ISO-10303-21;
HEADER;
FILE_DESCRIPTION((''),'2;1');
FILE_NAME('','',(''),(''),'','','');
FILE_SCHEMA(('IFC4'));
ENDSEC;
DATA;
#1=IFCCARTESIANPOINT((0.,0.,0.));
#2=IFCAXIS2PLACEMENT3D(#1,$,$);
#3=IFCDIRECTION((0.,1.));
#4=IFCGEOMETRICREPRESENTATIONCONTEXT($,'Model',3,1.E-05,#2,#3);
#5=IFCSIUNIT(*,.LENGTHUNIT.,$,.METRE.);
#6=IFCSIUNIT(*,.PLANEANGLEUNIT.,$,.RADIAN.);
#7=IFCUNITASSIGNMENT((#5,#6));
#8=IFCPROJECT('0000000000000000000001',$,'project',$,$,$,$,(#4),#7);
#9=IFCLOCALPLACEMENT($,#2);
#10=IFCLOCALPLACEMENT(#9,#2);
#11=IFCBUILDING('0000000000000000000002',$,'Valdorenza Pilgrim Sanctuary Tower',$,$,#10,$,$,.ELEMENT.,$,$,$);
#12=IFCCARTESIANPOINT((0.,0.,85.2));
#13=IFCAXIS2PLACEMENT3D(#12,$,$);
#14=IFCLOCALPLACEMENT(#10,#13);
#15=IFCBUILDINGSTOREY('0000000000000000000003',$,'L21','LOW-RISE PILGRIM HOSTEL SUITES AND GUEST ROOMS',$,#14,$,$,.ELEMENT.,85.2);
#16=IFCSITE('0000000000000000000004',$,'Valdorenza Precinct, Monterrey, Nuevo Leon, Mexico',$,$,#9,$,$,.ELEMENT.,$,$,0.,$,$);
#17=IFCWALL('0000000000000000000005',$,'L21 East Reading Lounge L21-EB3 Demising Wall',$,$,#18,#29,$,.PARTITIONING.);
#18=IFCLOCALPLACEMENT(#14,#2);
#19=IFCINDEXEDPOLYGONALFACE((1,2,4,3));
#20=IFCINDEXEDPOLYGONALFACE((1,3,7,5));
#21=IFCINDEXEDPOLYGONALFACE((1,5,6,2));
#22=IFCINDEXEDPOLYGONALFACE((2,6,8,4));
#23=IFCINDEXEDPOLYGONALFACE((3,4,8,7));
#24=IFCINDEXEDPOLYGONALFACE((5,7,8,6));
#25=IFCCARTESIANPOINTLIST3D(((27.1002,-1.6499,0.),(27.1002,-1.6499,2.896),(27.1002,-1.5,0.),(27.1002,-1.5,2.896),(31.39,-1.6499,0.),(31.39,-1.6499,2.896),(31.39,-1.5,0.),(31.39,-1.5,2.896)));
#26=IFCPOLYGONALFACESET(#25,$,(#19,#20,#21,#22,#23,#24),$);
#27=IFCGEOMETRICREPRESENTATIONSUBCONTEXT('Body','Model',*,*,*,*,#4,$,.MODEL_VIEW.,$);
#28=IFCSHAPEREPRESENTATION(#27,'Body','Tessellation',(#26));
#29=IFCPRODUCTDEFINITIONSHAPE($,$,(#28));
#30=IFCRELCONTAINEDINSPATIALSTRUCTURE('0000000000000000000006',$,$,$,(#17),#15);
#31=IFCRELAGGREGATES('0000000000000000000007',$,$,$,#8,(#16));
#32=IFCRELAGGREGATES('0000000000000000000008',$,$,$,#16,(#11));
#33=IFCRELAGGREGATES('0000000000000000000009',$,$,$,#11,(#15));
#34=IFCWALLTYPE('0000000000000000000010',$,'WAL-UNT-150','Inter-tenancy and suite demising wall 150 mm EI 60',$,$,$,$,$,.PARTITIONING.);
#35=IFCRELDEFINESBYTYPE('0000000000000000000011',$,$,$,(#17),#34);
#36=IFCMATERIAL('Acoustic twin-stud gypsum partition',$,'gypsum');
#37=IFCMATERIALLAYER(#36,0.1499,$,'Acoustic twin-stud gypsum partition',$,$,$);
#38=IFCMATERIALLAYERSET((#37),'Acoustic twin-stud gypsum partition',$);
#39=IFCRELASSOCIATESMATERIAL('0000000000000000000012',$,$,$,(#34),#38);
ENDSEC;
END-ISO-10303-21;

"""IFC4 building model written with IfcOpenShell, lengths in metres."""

from ifc_helpers import new_model, si_unit, direction, frame, frame_2d, origin, place, context, subcontext, project, spatial, rectangle, extrude, material, layer, layer_set, type_object, element, save


model = new_model("IFC4")

# Units and contexts
model_context = context("Model", 3, precision=1e-05, world=origin(), true_north=direction((0.0, 1.0)))
body_context = subcontext(model_context, "Body", "Model", "MODEL_VIEW")
ifc_project = project(units=[si_unit("LENGTHUNIT", "METRE"), si_unit("PLANEANGLEUNIT", "RADIAN")], contexts=[model_context])

# Site, building, storey
site_placement = place(None, origin())
site = spatial("IfcSite", under=ifc_project, at=site_placement, Name="Valdorenza Precinct, Monterrey, Nuevo Leon, Mexico", CompositionType="ELEMENT", RefElevation=0.0)
building_placement = place(site_placement, origin())
building = spatial("IfcBuilding", under=site, at=building_placement, Name="Valdorenza Pilgrim Sanctuary Tower", CompositionType="ELEMENT")
storey_placement = place(building_placement, frame((0.0, 0.0, 85.2)))
storey = spatial("IfcBuildingStorey", under=building, at=storey_placement, Name="L21", Description="LOW-RISE PILGRIM HOSTEL SUITES AND GUEST ROOMS", CompositionType="ELEMENT", Elevation=85.2)

# Wall
ifc_material_1 = material(Name="Acoustic twin-stud gypsum partition", Category="gypsum")
ifc_layer_1 = layer(ifc_material_1, 0.1499, Name="Acoustic twin-stud gypsum partition")
ifc_layer_set_1 = layer_set([ifc_layer_1], Name="Acoustic twin-stud gypsum partition")
wall_type = type_object("IfcWallType", Name="WAL-UNT-150", Description="Inter-tenancy and suite demising wall 150 mm EI 60", PredefinedType="PARTITIONING", material=ifc_layer_set_1)
wall_placement = place(storey_placement, frame((27.1001, -1.575, 0.0), z_axis=(0.0, 0.0, 1.0), x_axis=(1.0, 0.0, 0.0)))
element("IfcWall", 1, at=wall_placement, inside=storey, type_object=wall_type, Name="L21 East Reading Lounge L21-EB3 Demising Wall", PredefinedType="PARTITIONING", context=body_context, shape_type="SweptSolid", body=[
    extrude(rectangle(XDim=4.2898, YDim=0.1499, at=frame_2d((2.145, 0.0))), origin(), (0.0, 0.0, 1.0), 2.896),
])

save(model, "model.ifc")
